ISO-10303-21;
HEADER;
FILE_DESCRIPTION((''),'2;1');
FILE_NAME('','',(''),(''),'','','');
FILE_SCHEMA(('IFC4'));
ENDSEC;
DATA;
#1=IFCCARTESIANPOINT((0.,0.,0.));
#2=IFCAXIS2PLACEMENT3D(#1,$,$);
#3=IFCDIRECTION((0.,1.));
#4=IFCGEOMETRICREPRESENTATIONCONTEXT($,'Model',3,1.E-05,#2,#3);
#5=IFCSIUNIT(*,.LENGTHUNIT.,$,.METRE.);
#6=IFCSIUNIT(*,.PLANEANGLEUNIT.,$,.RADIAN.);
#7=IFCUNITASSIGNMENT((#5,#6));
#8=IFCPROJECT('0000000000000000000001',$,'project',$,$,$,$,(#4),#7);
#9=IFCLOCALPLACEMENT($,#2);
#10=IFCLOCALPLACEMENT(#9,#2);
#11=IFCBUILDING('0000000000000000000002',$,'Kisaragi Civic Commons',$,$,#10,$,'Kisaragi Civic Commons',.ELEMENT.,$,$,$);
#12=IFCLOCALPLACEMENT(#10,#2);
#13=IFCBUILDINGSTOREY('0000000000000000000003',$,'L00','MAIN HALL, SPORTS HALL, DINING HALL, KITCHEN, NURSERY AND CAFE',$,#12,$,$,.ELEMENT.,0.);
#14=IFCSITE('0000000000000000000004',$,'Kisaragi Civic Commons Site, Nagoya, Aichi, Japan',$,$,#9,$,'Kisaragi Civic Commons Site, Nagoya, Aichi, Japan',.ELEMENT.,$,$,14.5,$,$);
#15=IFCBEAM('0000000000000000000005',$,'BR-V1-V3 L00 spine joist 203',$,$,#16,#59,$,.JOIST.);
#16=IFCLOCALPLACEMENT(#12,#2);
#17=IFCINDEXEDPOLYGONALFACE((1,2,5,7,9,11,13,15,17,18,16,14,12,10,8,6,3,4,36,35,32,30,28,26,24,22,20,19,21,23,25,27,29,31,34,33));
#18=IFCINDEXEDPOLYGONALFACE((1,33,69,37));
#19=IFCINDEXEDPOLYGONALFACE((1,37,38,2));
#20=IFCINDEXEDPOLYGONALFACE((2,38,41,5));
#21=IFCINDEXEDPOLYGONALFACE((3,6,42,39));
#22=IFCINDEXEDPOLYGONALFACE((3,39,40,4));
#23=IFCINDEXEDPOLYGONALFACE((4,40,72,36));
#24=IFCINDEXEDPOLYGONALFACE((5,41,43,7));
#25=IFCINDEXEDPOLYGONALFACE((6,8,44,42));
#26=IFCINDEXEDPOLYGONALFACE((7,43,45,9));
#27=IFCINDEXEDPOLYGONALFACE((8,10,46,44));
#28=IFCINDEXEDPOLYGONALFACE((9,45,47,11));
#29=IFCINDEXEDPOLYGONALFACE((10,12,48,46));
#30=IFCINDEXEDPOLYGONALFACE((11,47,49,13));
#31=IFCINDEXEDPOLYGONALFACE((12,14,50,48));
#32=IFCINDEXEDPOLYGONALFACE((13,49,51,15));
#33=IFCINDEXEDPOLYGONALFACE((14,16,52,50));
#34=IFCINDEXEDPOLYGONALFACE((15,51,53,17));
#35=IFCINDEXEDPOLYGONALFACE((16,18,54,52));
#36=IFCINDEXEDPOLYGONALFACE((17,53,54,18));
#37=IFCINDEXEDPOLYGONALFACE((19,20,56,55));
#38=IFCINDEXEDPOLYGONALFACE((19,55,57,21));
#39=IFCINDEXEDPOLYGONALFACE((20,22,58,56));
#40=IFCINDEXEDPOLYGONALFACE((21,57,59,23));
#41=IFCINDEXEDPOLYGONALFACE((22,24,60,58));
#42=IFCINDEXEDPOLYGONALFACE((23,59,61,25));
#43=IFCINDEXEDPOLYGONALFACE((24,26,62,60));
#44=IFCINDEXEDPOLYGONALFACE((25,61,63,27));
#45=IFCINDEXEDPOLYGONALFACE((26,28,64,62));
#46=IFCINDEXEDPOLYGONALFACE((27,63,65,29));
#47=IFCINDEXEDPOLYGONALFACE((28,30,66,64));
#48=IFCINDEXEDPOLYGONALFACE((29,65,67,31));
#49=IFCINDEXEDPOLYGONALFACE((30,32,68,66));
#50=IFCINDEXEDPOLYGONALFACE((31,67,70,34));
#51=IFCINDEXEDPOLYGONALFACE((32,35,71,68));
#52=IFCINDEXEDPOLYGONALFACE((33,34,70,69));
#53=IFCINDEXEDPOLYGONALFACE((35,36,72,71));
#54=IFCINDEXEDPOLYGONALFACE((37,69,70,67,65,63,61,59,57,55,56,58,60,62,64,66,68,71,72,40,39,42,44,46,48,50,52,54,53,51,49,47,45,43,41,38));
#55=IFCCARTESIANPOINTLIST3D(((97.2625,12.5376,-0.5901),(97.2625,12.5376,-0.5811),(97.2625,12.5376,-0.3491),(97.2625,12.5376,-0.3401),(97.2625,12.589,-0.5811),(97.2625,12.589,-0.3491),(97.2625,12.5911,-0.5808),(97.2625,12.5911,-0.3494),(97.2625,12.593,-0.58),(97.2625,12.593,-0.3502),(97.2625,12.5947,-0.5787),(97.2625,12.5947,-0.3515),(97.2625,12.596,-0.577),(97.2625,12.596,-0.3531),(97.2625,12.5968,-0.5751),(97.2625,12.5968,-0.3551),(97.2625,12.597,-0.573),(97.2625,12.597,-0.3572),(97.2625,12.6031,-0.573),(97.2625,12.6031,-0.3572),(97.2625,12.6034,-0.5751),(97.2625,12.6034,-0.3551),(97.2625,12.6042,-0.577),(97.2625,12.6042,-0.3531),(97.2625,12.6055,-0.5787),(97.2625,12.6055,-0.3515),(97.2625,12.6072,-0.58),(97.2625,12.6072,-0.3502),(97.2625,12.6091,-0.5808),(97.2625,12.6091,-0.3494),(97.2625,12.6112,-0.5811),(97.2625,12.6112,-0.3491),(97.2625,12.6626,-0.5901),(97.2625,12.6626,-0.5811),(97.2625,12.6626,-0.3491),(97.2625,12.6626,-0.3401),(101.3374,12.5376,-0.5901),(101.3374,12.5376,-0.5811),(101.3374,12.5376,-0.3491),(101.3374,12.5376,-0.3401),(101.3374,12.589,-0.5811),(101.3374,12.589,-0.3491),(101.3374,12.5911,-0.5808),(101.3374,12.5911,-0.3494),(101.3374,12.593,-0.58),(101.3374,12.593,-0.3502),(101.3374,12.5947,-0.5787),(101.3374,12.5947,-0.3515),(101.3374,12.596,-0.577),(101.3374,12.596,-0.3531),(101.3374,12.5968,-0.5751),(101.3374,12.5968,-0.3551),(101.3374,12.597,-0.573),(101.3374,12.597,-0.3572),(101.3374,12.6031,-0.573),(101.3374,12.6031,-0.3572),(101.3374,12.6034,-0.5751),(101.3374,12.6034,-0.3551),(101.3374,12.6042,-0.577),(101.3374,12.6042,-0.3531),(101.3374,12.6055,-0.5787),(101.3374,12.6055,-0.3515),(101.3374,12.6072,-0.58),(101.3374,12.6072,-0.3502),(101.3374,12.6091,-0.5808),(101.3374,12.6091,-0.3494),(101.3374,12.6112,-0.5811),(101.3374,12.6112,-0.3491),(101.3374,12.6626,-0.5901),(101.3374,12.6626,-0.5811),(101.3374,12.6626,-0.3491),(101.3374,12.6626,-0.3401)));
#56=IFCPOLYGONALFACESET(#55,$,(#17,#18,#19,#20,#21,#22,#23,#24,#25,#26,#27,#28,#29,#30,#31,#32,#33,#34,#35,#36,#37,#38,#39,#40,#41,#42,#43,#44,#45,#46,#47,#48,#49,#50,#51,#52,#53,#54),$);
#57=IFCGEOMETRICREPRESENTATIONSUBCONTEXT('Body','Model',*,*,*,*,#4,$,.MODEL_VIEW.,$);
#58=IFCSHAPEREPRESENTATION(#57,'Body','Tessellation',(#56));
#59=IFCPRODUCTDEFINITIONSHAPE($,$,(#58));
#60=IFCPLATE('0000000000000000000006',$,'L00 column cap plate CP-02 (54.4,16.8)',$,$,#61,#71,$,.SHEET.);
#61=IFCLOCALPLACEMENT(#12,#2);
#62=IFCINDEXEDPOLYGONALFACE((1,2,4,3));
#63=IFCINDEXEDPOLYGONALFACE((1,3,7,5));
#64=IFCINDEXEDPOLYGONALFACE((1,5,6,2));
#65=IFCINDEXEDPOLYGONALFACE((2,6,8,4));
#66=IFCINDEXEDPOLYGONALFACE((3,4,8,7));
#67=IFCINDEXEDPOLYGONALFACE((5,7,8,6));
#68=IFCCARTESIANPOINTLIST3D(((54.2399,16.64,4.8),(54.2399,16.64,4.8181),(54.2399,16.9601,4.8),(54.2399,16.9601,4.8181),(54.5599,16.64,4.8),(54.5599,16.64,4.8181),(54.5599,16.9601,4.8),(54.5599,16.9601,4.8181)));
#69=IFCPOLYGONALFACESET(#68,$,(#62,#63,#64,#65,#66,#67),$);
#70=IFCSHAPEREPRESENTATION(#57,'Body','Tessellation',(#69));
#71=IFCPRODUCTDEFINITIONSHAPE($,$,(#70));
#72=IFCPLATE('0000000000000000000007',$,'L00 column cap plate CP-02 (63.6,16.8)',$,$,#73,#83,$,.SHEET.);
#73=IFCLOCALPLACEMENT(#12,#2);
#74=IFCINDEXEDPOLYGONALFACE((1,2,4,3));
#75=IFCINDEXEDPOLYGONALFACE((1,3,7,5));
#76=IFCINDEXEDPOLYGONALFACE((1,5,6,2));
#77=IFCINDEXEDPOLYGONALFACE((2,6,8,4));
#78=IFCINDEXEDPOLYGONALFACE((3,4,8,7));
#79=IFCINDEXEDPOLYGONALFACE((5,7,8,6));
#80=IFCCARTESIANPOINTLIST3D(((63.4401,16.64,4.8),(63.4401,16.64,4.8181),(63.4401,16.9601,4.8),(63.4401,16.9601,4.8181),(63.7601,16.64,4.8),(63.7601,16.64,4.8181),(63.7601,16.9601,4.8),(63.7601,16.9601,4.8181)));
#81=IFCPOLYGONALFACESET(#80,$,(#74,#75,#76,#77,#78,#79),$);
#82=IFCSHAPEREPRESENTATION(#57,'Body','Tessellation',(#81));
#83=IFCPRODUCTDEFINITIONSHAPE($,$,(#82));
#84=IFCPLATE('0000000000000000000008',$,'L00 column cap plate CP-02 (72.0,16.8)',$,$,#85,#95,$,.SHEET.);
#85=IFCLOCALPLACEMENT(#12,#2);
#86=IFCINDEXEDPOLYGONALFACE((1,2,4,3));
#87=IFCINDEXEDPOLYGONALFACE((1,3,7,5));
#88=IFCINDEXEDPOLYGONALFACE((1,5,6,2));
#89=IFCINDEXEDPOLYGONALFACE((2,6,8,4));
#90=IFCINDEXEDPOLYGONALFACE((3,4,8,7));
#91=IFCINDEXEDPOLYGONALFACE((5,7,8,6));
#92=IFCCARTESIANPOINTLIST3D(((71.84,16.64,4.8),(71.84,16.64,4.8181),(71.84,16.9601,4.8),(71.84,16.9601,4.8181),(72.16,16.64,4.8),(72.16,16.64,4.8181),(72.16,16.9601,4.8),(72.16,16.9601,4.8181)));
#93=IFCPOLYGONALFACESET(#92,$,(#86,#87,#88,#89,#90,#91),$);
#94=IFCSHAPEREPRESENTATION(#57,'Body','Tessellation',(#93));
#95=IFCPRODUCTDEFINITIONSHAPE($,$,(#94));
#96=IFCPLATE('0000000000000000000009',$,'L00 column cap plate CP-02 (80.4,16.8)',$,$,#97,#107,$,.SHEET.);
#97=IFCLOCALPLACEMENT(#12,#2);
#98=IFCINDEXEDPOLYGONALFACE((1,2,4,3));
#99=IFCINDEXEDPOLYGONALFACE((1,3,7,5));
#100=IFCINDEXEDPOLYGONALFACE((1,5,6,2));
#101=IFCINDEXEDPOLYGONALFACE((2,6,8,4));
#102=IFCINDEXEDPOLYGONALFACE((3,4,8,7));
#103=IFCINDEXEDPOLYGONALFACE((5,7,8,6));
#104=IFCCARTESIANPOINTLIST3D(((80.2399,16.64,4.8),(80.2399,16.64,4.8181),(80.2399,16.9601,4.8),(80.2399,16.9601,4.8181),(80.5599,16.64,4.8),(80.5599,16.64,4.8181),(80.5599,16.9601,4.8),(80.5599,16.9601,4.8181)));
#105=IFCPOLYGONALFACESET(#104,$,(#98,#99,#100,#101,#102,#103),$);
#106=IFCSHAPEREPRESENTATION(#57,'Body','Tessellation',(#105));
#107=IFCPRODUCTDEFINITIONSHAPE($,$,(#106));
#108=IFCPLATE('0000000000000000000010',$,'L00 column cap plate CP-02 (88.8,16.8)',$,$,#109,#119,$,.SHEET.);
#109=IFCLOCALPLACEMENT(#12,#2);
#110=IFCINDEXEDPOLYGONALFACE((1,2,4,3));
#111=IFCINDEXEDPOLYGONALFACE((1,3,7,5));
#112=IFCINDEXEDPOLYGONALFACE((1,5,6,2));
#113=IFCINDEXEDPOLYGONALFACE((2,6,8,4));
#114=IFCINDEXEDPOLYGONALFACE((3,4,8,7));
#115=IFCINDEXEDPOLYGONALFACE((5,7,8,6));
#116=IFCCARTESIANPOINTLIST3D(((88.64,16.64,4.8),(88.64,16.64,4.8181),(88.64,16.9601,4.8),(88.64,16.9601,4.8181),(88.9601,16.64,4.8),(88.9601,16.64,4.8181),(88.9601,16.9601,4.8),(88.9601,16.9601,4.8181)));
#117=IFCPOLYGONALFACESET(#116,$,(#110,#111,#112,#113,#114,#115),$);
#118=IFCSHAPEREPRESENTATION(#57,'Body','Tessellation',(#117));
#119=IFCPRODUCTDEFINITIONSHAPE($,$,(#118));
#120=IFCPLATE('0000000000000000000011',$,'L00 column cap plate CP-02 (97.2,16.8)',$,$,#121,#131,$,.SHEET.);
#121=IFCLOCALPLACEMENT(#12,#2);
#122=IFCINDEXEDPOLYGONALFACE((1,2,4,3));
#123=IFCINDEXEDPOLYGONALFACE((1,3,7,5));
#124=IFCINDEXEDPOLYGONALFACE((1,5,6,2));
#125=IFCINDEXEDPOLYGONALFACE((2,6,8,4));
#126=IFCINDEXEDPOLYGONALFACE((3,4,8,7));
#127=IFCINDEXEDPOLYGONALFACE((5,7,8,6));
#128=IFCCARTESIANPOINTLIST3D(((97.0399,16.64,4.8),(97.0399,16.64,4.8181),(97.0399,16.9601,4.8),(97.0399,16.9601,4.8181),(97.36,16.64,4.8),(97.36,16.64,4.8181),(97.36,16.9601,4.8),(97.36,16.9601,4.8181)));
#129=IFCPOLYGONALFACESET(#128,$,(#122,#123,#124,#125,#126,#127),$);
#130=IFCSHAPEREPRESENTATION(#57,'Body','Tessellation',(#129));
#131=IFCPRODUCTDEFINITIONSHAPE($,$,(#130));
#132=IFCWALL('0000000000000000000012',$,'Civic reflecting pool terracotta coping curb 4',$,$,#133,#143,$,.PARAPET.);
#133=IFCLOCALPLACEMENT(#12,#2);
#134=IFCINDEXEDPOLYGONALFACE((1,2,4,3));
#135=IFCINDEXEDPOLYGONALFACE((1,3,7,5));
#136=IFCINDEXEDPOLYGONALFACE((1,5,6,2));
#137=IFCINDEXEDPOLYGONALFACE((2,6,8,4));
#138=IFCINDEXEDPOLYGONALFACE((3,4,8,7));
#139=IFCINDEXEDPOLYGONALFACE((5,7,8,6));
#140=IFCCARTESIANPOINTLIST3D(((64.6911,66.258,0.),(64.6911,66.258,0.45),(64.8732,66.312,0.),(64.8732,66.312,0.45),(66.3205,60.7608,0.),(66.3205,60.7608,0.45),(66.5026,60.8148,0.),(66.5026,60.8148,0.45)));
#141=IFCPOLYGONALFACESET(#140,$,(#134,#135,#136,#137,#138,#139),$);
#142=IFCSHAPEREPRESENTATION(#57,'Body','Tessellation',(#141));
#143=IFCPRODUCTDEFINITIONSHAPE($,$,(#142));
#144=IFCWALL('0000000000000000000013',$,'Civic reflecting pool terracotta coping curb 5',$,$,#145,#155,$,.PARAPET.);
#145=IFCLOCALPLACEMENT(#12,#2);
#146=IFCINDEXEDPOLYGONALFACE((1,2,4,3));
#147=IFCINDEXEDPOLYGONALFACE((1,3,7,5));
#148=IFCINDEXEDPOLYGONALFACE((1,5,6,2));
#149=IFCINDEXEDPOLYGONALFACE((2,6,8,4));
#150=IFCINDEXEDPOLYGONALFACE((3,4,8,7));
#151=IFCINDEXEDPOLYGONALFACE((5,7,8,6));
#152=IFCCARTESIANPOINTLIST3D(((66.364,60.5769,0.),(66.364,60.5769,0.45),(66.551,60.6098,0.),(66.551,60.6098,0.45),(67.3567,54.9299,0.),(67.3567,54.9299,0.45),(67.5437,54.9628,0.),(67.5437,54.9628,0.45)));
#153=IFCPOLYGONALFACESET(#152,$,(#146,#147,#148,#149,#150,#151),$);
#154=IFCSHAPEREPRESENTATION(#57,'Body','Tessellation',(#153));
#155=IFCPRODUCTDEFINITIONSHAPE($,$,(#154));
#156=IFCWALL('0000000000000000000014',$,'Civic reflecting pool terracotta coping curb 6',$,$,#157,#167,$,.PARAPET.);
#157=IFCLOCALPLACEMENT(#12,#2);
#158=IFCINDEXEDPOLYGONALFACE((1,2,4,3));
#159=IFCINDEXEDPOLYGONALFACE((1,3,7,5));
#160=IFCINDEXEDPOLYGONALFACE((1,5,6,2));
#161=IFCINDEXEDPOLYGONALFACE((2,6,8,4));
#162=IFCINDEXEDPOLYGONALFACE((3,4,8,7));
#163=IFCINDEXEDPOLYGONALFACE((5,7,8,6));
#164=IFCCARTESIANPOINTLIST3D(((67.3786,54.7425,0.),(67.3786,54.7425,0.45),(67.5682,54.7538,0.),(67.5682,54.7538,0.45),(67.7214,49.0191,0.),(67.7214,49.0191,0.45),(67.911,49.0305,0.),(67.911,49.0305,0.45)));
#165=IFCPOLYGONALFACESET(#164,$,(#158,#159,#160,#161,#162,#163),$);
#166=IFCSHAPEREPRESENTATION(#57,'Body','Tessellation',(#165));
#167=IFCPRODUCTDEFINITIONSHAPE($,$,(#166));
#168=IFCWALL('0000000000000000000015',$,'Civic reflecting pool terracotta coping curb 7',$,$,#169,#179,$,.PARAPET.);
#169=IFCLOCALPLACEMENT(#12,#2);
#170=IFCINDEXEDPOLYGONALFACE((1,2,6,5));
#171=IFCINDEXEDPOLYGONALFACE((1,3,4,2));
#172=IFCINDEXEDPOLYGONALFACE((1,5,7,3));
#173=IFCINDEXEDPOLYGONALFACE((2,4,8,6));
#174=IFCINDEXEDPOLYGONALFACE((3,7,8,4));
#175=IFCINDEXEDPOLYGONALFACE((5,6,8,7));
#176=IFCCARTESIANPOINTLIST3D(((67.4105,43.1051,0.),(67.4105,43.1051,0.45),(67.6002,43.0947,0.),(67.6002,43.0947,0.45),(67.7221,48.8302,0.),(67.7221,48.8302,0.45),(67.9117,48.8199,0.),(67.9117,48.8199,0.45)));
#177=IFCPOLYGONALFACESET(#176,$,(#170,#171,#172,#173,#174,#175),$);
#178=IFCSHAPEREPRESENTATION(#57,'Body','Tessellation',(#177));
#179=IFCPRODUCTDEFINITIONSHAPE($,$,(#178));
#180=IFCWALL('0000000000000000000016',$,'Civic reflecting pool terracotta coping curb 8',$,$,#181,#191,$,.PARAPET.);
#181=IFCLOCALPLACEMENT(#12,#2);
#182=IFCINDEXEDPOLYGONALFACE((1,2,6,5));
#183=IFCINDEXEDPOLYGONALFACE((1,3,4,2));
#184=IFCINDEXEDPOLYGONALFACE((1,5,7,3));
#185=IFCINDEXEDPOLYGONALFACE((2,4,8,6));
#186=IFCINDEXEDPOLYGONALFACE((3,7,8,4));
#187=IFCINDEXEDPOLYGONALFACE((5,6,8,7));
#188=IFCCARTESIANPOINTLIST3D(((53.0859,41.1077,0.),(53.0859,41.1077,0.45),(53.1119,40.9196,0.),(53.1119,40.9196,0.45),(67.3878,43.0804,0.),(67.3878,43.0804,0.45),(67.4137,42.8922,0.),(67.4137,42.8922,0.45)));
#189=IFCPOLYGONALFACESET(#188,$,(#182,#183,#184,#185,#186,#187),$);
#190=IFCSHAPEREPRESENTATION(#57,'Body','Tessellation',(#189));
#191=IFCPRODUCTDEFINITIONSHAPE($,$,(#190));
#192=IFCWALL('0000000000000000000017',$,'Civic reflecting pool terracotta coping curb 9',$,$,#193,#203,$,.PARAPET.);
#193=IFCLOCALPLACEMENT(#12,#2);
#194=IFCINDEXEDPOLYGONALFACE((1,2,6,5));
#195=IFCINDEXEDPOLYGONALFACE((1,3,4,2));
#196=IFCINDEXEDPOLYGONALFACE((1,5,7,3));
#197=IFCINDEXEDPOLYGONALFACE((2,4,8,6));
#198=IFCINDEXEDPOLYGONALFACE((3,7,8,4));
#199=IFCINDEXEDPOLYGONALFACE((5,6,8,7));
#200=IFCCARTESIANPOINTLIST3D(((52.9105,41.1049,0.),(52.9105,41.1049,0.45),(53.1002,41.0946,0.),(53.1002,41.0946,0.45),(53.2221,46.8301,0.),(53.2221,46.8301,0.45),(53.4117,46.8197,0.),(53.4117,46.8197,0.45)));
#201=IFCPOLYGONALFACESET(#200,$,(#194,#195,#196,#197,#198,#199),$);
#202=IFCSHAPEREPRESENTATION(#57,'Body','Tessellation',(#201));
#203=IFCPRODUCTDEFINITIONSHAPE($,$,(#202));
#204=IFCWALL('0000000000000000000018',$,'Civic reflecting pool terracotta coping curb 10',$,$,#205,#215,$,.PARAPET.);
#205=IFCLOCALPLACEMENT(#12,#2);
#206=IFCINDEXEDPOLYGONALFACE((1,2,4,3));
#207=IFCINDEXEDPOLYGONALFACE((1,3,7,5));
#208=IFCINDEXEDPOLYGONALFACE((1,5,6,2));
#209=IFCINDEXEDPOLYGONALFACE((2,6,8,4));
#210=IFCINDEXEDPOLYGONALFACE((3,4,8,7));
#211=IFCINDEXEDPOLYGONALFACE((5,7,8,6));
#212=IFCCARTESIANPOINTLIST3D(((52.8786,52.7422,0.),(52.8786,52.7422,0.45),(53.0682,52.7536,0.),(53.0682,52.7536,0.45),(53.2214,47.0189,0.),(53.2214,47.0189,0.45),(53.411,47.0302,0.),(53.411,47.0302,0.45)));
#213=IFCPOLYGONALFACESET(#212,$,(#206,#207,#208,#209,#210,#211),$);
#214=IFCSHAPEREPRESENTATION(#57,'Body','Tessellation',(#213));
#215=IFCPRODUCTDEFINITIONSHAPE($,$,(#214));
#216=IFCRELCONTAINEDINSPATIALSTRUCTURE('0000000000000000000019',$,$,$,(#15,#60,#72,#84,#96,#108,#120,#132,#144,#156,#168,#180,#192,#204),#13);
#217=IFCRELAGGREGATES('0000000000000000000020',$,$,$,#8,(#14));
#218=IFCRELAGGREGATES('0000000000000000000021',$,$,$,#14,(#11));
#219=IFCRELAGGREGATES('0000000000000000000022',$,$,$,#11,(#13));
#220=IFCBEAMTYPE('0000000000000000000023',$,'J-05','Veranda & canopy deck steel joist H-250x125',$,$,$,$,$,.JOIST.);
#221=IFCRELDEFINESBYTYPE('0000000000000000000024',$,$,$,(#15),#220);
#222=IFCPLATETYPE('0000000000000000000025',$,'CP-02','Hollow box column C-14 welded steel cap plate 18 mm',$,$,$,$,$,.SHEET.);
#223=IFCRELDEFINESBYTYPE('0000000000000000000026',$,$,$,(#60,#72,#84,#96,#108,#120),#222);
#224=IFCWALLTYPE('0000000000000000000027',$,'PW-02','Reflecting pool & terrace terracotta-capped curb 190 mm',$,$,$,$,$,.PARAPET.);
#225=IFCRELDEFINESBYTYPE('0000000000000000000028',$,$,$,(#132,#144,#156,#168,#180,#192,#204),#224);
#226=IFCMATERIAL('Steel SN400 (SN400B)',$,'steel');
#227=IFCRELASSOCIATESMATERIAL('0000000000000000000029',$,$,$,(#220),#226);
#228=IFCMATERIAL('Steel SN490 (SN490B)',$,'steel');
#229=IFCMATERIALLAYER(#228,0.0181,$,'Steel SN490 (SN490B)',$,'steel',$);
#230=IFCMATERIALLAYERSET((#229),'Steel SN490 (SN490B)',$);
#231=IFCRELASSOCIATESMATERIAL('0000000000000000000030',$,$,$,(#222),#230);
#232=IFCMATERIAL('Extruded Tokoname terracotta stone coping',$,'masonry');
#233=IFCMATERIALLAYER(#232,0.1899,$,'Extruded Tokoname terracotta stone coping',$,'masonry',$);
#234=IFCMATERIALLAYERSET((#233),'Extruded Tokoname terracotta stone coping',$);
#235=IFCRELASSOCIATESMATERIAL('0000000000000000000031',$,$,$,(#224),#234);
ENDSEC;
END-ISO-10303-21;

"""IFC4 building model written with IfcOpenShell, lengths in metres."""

from ifc_helpers import new_model, si_unit, direction, frame, frame_2d, origin, origin_2d, place, context, subcontext, project, spatial, rectangle, i_section, extrude, material, layer, layer_set, material_profile, profile_set, type_object, element, save


model = new_model("IFC4")

# Units and contexts
model_context = context("Model", 3, precision=1e-05, world=origin(), true_north=direction((0.0, 1.0)))
body_context = subcontext(model_context, "Body", "Model", "MODEL_VIEW")
ifc_project = project(units=[si_unit("LENGTHUNIT", "METRE"), si_unit("PLANEANGLEUNIT", "RADIAN")], contexts=[model_context])

# Site, building, storey
site_placement = place(None, origin())
site = spatial("IfcSite", under=ifc_project, at=site_placement, Name="Kisaragi Civic Commons Site, Nagoya, Aichi, Japan", LongName="Kisaragi Civic Commons Site, Nagoya, Aichi, Japan", CompositionType="ELEMENT", RefElevation=14.5)
building_placement = place(site_placement, origin())
building = spatial("IfcBuilding", under=site, at=building_placement, Name="Kisaragi Civic Commons", LongName="Kisaragi Civic Commons", CompositionType="ELEMENT")
storey_placement = place(building_placement, origin())
storey = spatial("IfcBuildingStorey", under=building, at=storey_placement, Name="L00", Description="MAIN HALL, SPORTS HALL, DINING HALL, KITCHEN, NURSERY AND CAFE", CompositionType="ELEMENT", Elevation=0.0)

# Beam
ifc_material_1 = material(Name="Steel SN490 (SN490B)", Category="steel")
ifc_material_2 = material(Name="Steel SN400 (SN400B)", Category="steel")
ifc_material_profile_1 = material_profile(ifc_material_2, i_section(OverallWidth=0.125, OverallDepth=0.25, WebThickness=0.0061, FlangeThickness=0.009, FilletRadius=0.0081, at=origin_2d()), Name="H-250x125x6x9", Category="steel")
ifc_profile_set_1 = profile_set([ifc_material_profile_1], Name="Steel SN400 (SN400B)")
beam_type_1 = type_object("IfcBeamType", Name="J-05", Description="Veranda & canopy deck steel joist H-250x125", PredefinedType="JOIST", material=ifc_profile_set_1)
beam_1_placement = place(storey_placement, frame((97.2625, 12.6001, -0.4651), z_axis=(1.0, 0.0, 0.0), x_axis=(0.0, 1.0, 0.0)))
element("IfcBeam", 1, at=beam_1_placement, inside=storey, type_object=beam_type_1, Name="BR-V1-V3 L00 spine joist 203", PredefinedType="JOIST", context=body_context, shape_type="SweptSolid", body=[
    extrude(i_section(OverallWidth=0.125, OverallDepth=0.25, WebThickness=0.0061, FlangeThickness=0.009, FilletRadius=0.0081, at=origin_2d()), origin(), (0.0, 0.0, 1.0), 4.075),
])

# Plates
ifc_layer_1 = layer(ifc_material_1, 0.0181, Name="Steel SN490 (SN490B)", Category="steel")
ifc_layer_set_1 = layer_set([ifc_layer_1], Name="Steel SN490 (SN490B)")
plate_type = type_object("IfcPlateType", Name="CP-02", Description="Hollow box column C-14 welded steel cap plate 18 mm", PredefinedType="SHEET", material=ifc_layer_set_1)
for number, where, z_axis, x_axis, name in (
    (2, (54.3999, 16.8, 4.8), (0.0, 0.0, 1.0), (1.0, 0.0, 0.0), "L00 column cap plate CP-02 (54.4,16.8)"),
    (3, (63.6001, 16.8, 4.8), (0.0, 0.0, 1.0), (1.0, 0.0, 0.0), "L00 column cap plate CP-02 (63.6,16.8)"),
    (4, (72.0, 16.8, 4.8), (0.0, 0.0, 1.0), (1.0, 0.0, 0.0), "L00 column cap plate CP-02 (72.0,16.8)"),
    (5, (80.3999, 16.8, 4.8), (0.0, 0.0, 1.0), (1.0, 0.0, 0.0), "L00 column cap plate CP-02 (80.4,16.8)"),
    (6, (88.8, 16.8, 4.8), (0.0, 0.0, 1.0), (1.0, 0.0, 0.0), "L00 column cap plate CP-02 (88.8,16.8)"),
    (7, (97.2, 16.8, 4.8), (0.0, 0.0, 1.0), (1.0, 0.0, 0.0), "L00 column cap plate CP-02 (97.2,16.8)"),
):
    element("IfcPlate", number, at=place(storey_placement, frame(where, z_axis=z_axis, x_axis=x_axis)), inside=storey, type_object=plate_type, Name=name, PredefinedType="SHEET", context=body_context, shape_type="SweptSolid", body=[
        extrude(rectangle(XDim=0.3201, YDim=0.3201, at=origin_2d()), origin(), (0.0, 0.0, 1.0), 0.0181),
    ])

# Walls
ifc_material_3 = material(Name="Extruded Tokoname terracotta stone coping", Category="masonry")
ifc_layer_2 = layer(ifc_material_3, 0.1899, Name="Extruded Tokoname terracotta stone coping", Category="masonry")
ifc_layer_set_2 = layer_set([ifc_layer_2], Name="Extruded Tokoname terracotta stone coping")
wall_type = type_object("IfcWallType", Name="PW-02", Description="Reflecting pool & terrace terracotta-capped curb 190 mm", PredefinedType="PARAPET", material=ifc_layer_set_2)
for number, where, z_axis, x_axis, name in (
    (8, (64.7822, 66.2849, 0.0), (0.0, 0.0, 1.0), (0.284178, -0.958771, 0.0), "Civic reflecting pool terracotta coping curb 4"),
    (9, (66.4575, 60.5933, 0.0), (0.0, 0.0, 1.0), (0.173134, -0.984898, 0.0), "Civic reflecting pool terracotta coping curb 5"),
    (10, (67.4734, 54.748, 0.0), (0.0, 0.0, 1.0), (0.059783, -0.998211, 0.0), "Civic reflecting pool terracotta coping curb 6"),
    (11, (67.8169, 48.825, 0.0), (0.0, 0.0, 1.0), (-0.054333, -0.998523, 0.0), "Civic reflecting pool terracotta coping curb 7"),
):
    element("IfcWall", number, at=place(storey_placement, frame(where, z_axis=z_axis, x_axis=x_axis)), inside=storey, type_object=wall_type, Name=name, PredefinedType="PARAPET", context=body_context, shape_type="SweptSolid", body=[
        extrude(rectangle(XDim=5.7336, YDim=0.1899, at=frame_2d((2.8667, 0.0))), origin(), (0.0, 0.0, 1.0), 0.45),
    ])
wall_placement = place(storey_placement, frame((67.4009, 42.9863, 0.0), z_axis=(0.0, 0.0, 1.0), x_axis=(-0.990621, -0.136637, 0.0)))
element("IfcWall", 12, at=wall_placement, inside=storey, type_object=wall_type, Name="Civic reflecting pool terracotta coping curb 8", PredefinedType="PARAPET", context=body_context, shape_type="SweptSolid", body=[
    extrude(rectangle(XDim=14.4373, YDim=0.1899, at=frame_2d((7.2188, 0.0))), origin(), (0.0, 0.0, 1.0), 0.45),
])
for number, where, z_axis, x_axis, name in (
    (13, (53.0054, 41.0999, 0.0), (0.0, 0.0, 1.0), (0.054333, 0.998523, 0.0), "Civic reflecting pool terracotta coping curb 9"),
    (14, (53.3162, 47.0247, 0.0), (0.0, 0.0, 1.0), (-0.059783, 0.998211, 0.0), "Civic reflecting pool terracotta coping curb 10"),
):
    element("IfcWall", number, at=place(storey_placement, frame(where, z_axis=z_axis, x_axis=x_axis)), inside=storey, type_object=wall_type, Name=name, PredefinedType="PARAPET", context=body_context, shape_type="SweptSolid", body=[
        extrude(rectangle(XDim=5.7336, YDim=0.1899, at=frame_2d((2.8667, 0.0))), origin(), (0.0, 0.0, 1.0), 0.45),
    ])

save(model, "model.ifc")
